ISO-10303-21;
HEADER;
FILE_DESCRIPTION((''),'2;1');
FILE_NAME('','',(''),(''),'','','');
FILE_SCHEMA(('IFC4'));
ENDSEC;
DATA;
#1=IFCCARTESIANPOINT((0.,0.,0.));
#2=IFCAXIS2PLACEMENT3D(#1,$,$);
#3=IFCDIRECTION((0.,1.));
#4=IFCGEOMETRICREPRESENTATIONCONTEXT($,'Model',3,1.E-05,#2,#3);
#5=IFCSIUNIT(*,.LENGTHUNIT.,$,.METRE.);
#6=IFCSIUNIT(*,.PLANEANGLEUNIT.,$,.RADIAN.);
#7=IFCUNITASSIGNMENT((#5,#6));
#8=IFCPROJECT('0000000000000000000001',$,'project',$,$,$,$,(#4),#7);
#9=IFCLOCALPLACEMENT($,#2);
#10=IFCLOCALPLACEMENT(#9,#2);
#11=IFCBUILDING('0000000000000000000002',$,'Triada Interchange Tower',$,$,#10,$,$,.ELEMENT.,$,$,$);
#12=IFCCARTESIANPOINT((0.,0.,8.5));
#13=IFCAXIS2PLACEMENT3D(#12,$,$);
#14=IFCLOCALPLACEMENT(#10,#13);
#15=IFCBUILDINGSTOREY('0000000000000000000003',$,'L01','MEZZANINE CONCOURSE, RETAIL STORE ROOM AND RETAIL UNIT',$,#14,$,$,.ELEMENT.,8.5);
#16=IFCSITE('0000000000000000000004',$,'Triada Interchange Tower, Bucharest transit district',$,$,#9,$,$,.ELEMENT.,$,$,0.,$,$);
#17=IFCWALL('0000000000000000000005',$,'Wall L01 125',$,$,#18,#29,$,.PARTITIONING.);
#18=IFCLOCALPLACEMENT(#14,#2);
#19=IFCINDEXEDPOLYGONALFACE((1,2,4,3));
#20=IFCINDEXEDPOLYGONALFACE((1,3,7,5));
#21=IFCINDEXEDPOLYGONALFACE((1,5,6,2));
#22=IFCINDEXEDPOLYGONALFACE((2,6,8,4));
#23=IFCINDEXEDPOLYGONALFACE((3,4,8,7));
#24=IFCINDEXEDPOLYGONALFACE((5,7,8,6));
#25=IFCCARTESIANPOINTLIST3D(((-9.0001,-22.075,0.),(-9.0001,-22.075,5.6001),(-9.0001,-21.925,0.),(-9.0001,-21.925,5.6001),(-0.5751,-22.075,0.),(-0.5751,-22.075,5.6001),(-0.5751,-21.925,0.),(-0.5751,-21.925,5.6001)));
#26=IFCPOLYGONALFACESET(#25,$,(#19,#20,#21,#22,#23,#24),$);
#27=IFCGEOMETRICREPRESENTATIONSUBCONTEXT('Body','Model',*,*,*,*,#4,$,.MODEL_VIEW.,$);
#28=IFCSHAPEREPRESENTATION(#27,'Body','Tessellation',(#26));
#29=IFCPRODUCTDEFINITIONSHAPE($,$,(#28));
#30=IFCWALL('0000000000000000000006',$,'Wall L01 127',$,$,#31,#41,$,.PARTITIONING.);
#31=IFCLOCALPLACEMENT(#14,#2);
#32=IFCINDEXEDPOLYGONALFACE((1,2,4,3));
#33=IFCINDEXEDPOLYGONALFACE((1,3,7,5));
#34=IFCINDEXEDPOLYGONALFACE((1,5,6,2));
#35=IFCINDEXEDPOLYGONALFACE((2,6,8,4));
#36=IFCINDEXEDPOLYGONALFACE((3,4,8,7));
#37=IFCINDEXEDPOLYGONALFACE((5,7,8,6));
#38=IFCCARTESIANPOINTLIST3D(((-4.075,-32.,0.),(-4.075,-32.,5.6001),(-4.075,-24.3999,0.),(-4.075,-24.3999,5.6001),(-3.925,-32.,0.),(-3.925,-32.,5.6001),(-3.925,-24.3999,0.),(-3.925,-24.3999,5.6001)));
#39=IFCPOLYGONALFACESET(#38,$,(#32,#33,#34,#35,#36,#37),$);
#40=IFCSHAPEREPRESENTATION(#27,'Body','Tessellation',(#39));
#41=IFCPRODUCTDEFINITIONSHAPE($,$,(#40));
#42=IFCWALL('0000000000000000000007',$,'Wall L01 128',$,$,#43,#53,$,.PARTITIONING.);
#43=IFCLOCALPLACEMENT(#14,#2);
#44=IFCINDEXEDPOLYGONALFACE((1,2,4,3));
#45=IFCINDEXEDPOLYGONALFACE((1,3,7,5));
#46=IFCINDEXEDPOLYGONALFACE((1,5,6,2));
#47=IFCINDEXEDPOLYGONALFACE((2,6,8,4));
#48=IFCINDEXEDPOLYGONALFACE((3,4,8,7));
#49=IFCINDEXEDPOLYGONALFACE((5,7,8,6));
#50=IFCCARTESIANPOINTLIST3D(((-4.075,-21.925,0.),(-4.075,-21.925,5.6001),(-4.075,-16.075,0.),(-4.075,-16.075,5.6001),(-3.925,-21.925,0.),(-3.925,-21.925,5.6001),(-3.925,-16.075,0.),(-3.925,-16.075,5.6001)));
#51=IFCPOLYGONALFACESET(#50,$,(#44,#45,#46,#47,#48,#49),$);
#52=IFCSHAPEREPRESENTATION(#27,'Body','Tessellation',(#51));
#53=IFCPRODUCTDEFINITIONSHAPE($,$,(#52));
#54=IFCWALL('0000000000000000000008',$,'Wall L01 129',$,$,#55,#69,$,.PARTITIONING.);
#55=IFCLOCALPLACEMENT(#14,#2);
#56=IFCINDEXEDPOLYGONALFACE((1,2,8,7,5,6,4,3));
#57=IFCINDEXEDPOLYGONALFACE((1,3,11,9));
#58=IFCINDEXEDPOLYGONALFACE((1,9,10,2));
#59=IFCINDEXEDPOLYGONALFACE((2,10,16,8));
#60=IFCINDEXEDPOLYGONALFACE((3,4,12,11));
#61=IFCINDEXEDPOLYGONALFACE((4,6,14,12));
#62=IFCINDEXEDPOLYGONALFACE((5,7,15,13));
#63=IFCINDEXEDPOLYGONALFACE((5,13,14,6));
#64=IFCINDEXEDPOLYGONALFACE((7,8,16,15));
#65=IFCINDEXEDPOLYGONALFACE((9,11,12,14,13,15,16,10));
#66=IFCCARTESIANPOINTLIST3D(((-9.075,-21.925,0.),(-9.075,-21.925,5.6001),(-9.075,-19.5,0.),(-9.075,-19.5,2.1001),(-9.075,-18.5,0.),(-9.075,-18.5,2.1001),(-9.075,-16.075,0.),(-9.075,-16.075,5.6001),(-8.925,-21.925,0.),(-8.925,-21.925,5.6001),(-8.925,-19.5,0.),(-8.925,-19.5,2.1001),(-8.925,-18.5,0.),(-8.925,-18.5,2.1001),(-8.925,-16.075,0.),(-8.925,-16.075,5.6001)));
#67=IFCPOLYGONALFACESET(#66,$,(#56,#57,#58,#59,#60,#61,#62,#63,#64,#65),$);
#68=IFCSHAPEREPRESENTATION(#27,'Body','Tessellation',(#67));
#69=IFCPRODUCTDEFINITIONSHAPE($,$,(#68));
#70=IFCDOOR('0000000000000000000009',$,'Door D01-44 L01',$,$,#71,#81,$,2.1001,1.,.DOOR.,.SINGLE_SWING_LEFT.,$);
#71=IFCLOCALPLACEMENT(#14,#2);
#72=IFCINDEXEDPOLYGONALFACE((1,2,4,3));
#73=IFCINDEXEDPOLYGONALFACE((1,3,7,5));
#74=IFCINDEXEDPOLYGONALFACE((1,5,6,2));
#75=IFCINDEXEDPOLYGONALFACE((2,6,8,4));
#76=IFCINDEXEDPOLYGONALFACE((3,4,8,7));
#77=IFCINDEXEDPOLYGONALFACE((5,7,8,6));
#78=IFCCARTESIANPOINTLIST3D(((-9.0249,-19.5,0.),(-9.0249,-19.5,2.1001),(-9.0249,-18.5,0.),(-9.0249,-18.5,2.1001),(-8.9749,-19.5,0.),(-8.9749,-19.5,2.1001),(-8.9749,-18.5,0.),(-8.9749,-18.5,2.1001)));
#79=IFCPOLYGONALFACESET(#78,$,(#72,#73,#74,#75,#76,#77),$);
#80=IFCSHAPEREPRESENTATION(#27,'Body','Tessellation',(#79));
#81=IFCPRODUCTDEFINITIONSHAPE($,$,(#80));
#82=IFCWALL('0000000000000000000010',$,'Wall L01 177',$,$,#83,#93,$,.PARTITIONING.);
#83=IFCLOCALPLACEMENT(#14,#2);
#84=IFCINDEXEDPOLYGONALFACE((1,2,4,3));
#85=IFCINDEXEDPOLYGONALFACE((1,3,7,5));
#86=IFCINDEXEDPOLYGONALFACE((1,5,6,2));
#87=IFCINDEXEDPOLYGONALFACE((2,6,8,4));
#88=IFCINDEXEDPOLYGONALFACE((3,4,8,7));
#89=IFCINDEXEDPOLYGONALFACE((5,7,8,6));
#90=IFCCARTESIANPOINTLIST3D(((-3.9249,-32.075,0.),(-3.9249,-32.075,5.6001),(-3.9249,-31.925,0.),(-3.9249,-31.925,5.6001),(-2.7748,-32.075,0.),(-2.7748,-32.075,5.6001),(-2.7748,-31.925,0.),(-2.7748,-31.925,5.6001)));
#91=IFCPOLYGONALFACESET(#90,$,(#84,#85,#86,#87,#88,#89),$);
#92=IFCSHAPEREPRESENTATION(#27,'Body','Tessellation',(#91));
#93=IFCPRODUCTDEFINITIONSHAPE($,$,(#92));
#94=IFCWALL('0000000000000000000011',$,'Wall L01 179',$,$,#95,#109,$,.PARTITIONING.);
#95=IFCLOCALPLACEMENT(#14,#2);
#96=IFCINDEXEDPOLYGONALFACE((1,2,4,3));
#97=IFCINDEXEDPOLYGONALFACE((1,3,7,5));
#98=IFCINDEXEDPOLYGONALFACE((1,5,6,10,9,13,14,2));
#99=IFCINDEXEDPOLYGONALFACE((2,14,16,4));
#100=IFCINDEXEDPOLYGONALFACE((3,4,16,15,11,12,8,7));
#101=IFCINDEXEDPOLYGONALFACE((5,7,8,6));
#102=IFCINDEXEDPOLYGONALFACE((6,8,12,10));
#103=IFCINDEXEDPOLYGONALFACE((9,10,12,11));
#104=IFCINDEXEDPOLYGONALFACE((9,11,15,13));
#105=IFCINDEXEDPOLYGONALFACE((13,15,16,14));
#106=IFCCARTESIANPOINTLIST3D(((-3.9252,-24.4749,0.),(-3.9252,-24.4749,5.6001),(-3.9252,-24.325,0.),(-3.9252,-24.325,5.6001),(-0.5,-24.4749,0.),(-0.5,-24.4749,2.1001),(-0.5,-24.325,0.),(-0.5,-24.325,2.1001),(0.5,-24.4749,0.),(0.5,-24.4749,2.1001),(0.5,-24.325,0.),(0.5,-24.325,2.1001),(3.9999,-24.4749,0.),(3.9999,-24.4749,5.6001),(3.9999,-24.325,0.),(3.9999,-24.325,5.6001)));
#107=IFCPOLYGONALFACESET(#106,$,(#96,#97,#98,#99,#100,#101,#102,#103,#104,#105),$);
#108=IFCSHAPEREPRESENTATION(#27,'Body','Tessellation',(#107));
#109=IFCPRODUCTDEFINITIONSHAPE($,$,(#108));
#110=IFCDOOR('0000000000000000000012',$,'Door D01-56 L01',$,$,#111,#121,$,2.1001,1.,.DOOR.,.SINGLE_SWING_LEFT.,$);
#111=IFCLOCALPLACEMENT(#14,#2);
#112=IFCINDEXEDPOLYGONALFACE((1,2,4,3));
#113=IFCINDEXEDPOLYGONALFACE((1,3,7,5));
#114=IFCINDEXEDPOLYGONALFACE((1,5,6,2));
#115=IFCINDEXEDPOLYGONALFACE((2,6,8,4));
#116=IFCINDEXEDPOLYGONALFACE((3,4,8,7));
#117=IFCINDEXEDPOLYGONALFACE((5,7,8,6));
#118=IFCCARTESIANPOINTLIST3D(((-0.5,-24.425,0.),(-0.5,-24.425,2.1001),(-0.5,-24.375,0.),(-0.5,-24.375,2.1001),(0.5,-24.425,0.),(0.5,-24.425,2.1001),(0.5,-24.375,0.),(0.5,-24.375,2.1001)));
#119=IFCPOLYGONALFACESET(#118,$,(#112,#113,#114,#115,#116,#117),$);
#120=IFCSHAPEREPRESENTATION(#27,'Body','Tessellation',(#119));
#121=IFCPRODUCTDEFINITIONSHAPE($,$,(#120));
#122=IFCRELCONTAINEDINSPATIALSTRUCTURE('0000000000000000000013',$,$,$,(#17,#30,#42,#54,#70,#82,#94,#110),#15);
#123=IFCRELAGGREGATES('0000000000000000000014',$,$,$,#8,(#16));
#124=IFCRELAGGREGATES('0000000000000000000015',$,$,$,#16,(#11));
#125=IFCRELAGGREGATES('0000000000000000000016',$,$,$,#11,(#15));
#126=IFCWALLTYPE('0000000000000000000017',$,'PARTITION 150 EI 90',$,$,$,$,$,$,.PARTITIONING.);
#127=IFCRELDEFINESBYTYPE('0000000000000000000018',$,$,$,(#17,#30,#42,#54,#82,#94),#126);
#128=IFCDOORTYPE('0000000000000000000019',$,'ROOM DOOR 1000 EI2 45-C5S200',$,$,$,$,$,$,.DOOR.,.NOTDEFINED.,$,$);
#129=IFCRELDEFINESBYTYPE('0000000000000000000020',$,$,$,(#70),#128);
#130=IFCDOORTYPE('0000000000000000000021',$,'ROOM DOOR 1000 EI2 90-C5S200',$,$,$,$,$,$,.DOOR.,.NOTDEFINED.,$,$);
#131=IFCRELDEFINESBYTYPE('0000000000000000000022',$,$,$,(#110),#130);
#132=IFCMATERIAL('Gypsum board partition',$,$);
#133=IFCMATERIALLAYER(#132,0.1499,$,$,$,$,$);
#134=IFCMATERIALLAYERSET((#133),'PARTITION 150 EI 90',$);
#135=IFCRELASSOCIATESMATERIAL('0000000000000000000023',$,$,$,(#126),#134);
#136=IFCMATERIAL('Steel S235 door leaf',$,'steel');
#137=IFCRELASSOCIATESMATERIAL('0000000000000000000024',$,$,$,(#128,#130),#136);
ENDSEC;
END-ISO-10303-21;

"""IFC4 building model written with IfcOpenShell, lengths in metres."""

from ifc_helpers import new_model, si_unit, direction, frame, frame_2d, origin, place, context, subcontext, project, spatial, rectangle, extrude, material, layer, layer_set, type_object, element, fill, save


model = new_model("IFC4")

# Units and contexts
model_context = context("Model", 3, precision=1e-05, world=origin(), true_north=direction((0.0, 1.0)))
body_context = subcontext(model_context, "Body", "Model", "MODEL_VIEW")
ifc_project = project(units=[si_unit("LENGTHUNIT", "METRE"), si_unit("PLANEANGLEUNIT", "RADIAN")], contexts=[model_context])

# Site, building, storey
site_placement = place(None, origin())
site = spatial("IfcSite", under=ifc_project, at=site_placement, Name="Triada Interchange Tower, Bucharest transit district", CompositionType="ELEMENT", RefElevation=0.0)
building_placement = place(site_placement, origin())
building = spatial("IfcBuilding", under=site, at=building_placement, Name="Triada Interchange Tower", CompositionType="ELEMENT")
storey_placement = place(building_placement, frame((0.0, 0.0, 8.5)))
storey = spatial("IfcBuildingStorey", under=building, at=storey_placement, Name="L01", Description="MEZZANINE CONCOURSE, RETAIL STORE ROOM AND RETAIL UNIT", CompositionType="ELEMENT", Elevation=8.5)

# Shared definitions
ifc_material_1 = material(Name="Steel S235 door leaf", Category="steel")

# Shared definitions
ifc_material_2 = material(Name="Gypsum board partition")

# Shared definitions
ifc_layer_1 = layer(ifc_material_2, 0.1499)
ifc_layer_set_1 = layer_set([ifc_layer_1], Name="PARTITION 150 EI 90")
wall_type_1 = type_object("IfcWallType", Name="PARTITION 150 EI 90", PredefinedType="PARTITIONING", material=ifc_layer_set_1)
door_type_1 = type_object("IfcDoorType", Name="ROOM DOOR 1000 EI2 45-C5S200", OperationType="NOTDEFINED", PredefinedType="DOOR", material=ifc_material_1)

# Walls
wall_1_placement = place(storey_placement, frame((-9.0, -22.0, 0.0), z_axis=(0.0, 0.0, 1.0), x_axis=(1.0, 0.0, 0.0)))
element("IfcWall", 1, at=wall_1_placement, inside=storey, type_object=wall_type_1, Name="Wall L01 125", PredefinedType="PARTITIONING", context=body_context, shape_type="SweptSolid", body=[
    extrude(rectangle(XDim=8.425, YDim=0.1499, at=frame_2d((4.2124, 0.0))), origin(), (0.0, 0.0, 1.0), 5.6001),
])
wall_2_placement = place(storey_placement, frame((-4.0, -32.0, 0.0), z_axis=(0.0, 0.0, 1.0), x_axis=(0.0, 1.0, 0.0)))
element("IfcWall", 2, at=wall_2_placement, inside=storey, type_object=wall_type_1, Name="Wall L01 127", PredefinedType="PARTITIONING", context=body_context, shape_type="SweptSolid", body=[
    extrude(rectangle(XDim=7.6001, YDim=0.1499, at=frame_2d((3.8, 0.0))), origin(), (0.0, 0.0, 1.0), 5.6001),
])
wall_3_placement = place(storey_placement, frame((-4.0, -21.925, 0.0), z_axis=(0.0, 0.0, 1.0), x_axis=(0.0, 1.0, 0.0)))
element("IfcWall", 3, at=wall_3_placement, inside=storey, type_object=wall_type_1, Name="Wall L01 128", PredefinedType="PARTITIONING", context=body_context, shape_type="SweptSolid", body=[
    extrude(rectangle(XDim=5.8501, YDim=0.1499, at=frame_2d((2.925, 0.0))), origin(), (0.0, 0.0, 1.0), 5.6001),
])

# Wall, opening, door
wall_4_placement = place(storey_placement, frame((-9.0, -21.925, 0.0), z_axis=(0.0, 0.0, 1.0), x_axis=(0.0, 1.0, 0.0)))
wall_4 = element("IfcWall", 4, at=wall_4_placement, inside=storey, type_object=wall_type_1, Name="Wall L01 129", PredefinedType="PARTITIONING", context=body_context, shape_type="SweptSolid", body=[
    extrude(rectangle(XDim=5.8501, YDim=0.1499, at=frame_2d((2.925, 0.0))), origin(), (0.0, 0.0, 1.0), 5.6001),
])
opening_1_placement = place(wall_4_placement, frame((2.425, 0.0, 0.0)))
opening_1 = element("IfcOpeningElement", 5, at=opening_1_placement, cuts=wall_4, PredefinedType="OPENING", context=body_context, shape_type="SweptSolid", body=[
    extrude(rectangle(XDim=1.0, YDim=2.1001, at=frame_2d((0.5, 1.05))), frame((0.0, 0.085, 0.0), z_axis=(0.0, -1.0, 0.0), x_axis=(1.0, 0.0, 0.0)), (0.0, 0.0, 1.0), 0.1699),
])
door_1_placement = place(opening_1_placement, origin())
door_1 = element("IfcDoor", 6, at=door_1_placement, inside=storey, type_object=door_type_1, Name="Door D01-44 L01", OperationType="SINGLE_SWING_LEFT", OverallHeight=2.1001, OverallWidth=1.0, PredefinedType="DOOR", context=body_context, shape_type="SweptSolid", body=[
    extrude(rectangle(XDim=1.0, YDim=2.1001, at=frame_2d((0.5, 1.05))), frame((0.0, 0.0249, 0.0), z_axis=(0.0, -1.0, 0.0), x_axis=(1.0, 0.0, 0.0)), (0.0, 0.0, 1.0), 0.05),
])
fill(opening_1, door_1)

# Wall
wall_5_placement = place(storey_placement, frame((-3.925, -32.0, 0.0), z_axis=(0.0, 0.0, 1.0), x_axis=(1.0, 0.0, 0.0)))
element("IfcWall", 7, at=wall_5_placement, inside=storey, type_object=wall_type_1, Name="Wall L01 177", PredefinedType="PARTITIONING", context=body_context, shape_type="SweptSolid", body=[
    extrude(rectangle(XDim=1.1501, YDim=0.1499, at=frame_2d((0.5752, 0.0))), origin(), (0.0, 0.0, 1.0), 5.6001),
])

# Wall, opening, door
wall_6_placement = place(storey_placement, frame((-3.925, -24.3999, 0.0), z_axis=(0.0, 0.0, 1.0), x_axis=(1.0, 0.0, 0.0)))
wall_6 = element("IfcWall", 8, at=wall_6_placement, inside=storey, type_object=wall_type_1, Name="Wall L01 179", PredefinedType="PARTITIONING", context=body_context, shape_type="SweptSolid", body=[
    extrude(rectangle(XDim=7.925, YDim=0.1499, at=frame_2d((3.9624, 0.0))), origin(), (0.0, 0.0, 1.0), 5.6001),
])
opening_2_placement = place(wall_6_placement, frame((3.425, 0.0, 0.0)))
opening_2 = element("IfcOpeningElement", 9, at=opening_2_placement, cuts=wall_6, PredefinedType="OPENING", context=body_context, shape_type="SweptSolid", body=[
    extrude(rectangle(XDim=1.0, YDim=2.1001, at=frame_2d((0.5, 1.05))), frame((0.0, 0.085, 0.0), z_axis=(0.0, -1.0, 0.0), x_axis=(1.0, 0.0, 0.0)), (0.0, 0.0, 1.0), 0.1699),
])
door_type_2 = type_object("IfcDoorType", Name="ROOM DOOR 1000 EI2 90-C5S200", OperationType="NOTDEFINED", PredefinedType="DOOR", material=ifc_material_1)
door_2_placement = place(opening_2_placement, origin())
door_2 = element("IfcDoor", 10, at=door_2_placement, inside=storey, type_object=door_type_2, Name="Door D01-56 L01", OperationType="SINGLE_SWING_LEFT", OverallHeight=2.1001, OverallWidth=1.0, PredefinedType="DOOR", context=body_context, shape_type="SweptSolid", body=[
    extrude(rectangle(XDim=1.0, YDim=2.1001, at=frame_2d((0.5, 1.05))), frame((0.0, 0.0249, 0.0), z_axis=(0.0, -1.0, 0.0), x_axis=(1.0, 0.0, 0.0)), (0.0, 0.0, 1.0), 0.05),
])
fill(opening_2, door_2)

save(model, "model.ifc")
